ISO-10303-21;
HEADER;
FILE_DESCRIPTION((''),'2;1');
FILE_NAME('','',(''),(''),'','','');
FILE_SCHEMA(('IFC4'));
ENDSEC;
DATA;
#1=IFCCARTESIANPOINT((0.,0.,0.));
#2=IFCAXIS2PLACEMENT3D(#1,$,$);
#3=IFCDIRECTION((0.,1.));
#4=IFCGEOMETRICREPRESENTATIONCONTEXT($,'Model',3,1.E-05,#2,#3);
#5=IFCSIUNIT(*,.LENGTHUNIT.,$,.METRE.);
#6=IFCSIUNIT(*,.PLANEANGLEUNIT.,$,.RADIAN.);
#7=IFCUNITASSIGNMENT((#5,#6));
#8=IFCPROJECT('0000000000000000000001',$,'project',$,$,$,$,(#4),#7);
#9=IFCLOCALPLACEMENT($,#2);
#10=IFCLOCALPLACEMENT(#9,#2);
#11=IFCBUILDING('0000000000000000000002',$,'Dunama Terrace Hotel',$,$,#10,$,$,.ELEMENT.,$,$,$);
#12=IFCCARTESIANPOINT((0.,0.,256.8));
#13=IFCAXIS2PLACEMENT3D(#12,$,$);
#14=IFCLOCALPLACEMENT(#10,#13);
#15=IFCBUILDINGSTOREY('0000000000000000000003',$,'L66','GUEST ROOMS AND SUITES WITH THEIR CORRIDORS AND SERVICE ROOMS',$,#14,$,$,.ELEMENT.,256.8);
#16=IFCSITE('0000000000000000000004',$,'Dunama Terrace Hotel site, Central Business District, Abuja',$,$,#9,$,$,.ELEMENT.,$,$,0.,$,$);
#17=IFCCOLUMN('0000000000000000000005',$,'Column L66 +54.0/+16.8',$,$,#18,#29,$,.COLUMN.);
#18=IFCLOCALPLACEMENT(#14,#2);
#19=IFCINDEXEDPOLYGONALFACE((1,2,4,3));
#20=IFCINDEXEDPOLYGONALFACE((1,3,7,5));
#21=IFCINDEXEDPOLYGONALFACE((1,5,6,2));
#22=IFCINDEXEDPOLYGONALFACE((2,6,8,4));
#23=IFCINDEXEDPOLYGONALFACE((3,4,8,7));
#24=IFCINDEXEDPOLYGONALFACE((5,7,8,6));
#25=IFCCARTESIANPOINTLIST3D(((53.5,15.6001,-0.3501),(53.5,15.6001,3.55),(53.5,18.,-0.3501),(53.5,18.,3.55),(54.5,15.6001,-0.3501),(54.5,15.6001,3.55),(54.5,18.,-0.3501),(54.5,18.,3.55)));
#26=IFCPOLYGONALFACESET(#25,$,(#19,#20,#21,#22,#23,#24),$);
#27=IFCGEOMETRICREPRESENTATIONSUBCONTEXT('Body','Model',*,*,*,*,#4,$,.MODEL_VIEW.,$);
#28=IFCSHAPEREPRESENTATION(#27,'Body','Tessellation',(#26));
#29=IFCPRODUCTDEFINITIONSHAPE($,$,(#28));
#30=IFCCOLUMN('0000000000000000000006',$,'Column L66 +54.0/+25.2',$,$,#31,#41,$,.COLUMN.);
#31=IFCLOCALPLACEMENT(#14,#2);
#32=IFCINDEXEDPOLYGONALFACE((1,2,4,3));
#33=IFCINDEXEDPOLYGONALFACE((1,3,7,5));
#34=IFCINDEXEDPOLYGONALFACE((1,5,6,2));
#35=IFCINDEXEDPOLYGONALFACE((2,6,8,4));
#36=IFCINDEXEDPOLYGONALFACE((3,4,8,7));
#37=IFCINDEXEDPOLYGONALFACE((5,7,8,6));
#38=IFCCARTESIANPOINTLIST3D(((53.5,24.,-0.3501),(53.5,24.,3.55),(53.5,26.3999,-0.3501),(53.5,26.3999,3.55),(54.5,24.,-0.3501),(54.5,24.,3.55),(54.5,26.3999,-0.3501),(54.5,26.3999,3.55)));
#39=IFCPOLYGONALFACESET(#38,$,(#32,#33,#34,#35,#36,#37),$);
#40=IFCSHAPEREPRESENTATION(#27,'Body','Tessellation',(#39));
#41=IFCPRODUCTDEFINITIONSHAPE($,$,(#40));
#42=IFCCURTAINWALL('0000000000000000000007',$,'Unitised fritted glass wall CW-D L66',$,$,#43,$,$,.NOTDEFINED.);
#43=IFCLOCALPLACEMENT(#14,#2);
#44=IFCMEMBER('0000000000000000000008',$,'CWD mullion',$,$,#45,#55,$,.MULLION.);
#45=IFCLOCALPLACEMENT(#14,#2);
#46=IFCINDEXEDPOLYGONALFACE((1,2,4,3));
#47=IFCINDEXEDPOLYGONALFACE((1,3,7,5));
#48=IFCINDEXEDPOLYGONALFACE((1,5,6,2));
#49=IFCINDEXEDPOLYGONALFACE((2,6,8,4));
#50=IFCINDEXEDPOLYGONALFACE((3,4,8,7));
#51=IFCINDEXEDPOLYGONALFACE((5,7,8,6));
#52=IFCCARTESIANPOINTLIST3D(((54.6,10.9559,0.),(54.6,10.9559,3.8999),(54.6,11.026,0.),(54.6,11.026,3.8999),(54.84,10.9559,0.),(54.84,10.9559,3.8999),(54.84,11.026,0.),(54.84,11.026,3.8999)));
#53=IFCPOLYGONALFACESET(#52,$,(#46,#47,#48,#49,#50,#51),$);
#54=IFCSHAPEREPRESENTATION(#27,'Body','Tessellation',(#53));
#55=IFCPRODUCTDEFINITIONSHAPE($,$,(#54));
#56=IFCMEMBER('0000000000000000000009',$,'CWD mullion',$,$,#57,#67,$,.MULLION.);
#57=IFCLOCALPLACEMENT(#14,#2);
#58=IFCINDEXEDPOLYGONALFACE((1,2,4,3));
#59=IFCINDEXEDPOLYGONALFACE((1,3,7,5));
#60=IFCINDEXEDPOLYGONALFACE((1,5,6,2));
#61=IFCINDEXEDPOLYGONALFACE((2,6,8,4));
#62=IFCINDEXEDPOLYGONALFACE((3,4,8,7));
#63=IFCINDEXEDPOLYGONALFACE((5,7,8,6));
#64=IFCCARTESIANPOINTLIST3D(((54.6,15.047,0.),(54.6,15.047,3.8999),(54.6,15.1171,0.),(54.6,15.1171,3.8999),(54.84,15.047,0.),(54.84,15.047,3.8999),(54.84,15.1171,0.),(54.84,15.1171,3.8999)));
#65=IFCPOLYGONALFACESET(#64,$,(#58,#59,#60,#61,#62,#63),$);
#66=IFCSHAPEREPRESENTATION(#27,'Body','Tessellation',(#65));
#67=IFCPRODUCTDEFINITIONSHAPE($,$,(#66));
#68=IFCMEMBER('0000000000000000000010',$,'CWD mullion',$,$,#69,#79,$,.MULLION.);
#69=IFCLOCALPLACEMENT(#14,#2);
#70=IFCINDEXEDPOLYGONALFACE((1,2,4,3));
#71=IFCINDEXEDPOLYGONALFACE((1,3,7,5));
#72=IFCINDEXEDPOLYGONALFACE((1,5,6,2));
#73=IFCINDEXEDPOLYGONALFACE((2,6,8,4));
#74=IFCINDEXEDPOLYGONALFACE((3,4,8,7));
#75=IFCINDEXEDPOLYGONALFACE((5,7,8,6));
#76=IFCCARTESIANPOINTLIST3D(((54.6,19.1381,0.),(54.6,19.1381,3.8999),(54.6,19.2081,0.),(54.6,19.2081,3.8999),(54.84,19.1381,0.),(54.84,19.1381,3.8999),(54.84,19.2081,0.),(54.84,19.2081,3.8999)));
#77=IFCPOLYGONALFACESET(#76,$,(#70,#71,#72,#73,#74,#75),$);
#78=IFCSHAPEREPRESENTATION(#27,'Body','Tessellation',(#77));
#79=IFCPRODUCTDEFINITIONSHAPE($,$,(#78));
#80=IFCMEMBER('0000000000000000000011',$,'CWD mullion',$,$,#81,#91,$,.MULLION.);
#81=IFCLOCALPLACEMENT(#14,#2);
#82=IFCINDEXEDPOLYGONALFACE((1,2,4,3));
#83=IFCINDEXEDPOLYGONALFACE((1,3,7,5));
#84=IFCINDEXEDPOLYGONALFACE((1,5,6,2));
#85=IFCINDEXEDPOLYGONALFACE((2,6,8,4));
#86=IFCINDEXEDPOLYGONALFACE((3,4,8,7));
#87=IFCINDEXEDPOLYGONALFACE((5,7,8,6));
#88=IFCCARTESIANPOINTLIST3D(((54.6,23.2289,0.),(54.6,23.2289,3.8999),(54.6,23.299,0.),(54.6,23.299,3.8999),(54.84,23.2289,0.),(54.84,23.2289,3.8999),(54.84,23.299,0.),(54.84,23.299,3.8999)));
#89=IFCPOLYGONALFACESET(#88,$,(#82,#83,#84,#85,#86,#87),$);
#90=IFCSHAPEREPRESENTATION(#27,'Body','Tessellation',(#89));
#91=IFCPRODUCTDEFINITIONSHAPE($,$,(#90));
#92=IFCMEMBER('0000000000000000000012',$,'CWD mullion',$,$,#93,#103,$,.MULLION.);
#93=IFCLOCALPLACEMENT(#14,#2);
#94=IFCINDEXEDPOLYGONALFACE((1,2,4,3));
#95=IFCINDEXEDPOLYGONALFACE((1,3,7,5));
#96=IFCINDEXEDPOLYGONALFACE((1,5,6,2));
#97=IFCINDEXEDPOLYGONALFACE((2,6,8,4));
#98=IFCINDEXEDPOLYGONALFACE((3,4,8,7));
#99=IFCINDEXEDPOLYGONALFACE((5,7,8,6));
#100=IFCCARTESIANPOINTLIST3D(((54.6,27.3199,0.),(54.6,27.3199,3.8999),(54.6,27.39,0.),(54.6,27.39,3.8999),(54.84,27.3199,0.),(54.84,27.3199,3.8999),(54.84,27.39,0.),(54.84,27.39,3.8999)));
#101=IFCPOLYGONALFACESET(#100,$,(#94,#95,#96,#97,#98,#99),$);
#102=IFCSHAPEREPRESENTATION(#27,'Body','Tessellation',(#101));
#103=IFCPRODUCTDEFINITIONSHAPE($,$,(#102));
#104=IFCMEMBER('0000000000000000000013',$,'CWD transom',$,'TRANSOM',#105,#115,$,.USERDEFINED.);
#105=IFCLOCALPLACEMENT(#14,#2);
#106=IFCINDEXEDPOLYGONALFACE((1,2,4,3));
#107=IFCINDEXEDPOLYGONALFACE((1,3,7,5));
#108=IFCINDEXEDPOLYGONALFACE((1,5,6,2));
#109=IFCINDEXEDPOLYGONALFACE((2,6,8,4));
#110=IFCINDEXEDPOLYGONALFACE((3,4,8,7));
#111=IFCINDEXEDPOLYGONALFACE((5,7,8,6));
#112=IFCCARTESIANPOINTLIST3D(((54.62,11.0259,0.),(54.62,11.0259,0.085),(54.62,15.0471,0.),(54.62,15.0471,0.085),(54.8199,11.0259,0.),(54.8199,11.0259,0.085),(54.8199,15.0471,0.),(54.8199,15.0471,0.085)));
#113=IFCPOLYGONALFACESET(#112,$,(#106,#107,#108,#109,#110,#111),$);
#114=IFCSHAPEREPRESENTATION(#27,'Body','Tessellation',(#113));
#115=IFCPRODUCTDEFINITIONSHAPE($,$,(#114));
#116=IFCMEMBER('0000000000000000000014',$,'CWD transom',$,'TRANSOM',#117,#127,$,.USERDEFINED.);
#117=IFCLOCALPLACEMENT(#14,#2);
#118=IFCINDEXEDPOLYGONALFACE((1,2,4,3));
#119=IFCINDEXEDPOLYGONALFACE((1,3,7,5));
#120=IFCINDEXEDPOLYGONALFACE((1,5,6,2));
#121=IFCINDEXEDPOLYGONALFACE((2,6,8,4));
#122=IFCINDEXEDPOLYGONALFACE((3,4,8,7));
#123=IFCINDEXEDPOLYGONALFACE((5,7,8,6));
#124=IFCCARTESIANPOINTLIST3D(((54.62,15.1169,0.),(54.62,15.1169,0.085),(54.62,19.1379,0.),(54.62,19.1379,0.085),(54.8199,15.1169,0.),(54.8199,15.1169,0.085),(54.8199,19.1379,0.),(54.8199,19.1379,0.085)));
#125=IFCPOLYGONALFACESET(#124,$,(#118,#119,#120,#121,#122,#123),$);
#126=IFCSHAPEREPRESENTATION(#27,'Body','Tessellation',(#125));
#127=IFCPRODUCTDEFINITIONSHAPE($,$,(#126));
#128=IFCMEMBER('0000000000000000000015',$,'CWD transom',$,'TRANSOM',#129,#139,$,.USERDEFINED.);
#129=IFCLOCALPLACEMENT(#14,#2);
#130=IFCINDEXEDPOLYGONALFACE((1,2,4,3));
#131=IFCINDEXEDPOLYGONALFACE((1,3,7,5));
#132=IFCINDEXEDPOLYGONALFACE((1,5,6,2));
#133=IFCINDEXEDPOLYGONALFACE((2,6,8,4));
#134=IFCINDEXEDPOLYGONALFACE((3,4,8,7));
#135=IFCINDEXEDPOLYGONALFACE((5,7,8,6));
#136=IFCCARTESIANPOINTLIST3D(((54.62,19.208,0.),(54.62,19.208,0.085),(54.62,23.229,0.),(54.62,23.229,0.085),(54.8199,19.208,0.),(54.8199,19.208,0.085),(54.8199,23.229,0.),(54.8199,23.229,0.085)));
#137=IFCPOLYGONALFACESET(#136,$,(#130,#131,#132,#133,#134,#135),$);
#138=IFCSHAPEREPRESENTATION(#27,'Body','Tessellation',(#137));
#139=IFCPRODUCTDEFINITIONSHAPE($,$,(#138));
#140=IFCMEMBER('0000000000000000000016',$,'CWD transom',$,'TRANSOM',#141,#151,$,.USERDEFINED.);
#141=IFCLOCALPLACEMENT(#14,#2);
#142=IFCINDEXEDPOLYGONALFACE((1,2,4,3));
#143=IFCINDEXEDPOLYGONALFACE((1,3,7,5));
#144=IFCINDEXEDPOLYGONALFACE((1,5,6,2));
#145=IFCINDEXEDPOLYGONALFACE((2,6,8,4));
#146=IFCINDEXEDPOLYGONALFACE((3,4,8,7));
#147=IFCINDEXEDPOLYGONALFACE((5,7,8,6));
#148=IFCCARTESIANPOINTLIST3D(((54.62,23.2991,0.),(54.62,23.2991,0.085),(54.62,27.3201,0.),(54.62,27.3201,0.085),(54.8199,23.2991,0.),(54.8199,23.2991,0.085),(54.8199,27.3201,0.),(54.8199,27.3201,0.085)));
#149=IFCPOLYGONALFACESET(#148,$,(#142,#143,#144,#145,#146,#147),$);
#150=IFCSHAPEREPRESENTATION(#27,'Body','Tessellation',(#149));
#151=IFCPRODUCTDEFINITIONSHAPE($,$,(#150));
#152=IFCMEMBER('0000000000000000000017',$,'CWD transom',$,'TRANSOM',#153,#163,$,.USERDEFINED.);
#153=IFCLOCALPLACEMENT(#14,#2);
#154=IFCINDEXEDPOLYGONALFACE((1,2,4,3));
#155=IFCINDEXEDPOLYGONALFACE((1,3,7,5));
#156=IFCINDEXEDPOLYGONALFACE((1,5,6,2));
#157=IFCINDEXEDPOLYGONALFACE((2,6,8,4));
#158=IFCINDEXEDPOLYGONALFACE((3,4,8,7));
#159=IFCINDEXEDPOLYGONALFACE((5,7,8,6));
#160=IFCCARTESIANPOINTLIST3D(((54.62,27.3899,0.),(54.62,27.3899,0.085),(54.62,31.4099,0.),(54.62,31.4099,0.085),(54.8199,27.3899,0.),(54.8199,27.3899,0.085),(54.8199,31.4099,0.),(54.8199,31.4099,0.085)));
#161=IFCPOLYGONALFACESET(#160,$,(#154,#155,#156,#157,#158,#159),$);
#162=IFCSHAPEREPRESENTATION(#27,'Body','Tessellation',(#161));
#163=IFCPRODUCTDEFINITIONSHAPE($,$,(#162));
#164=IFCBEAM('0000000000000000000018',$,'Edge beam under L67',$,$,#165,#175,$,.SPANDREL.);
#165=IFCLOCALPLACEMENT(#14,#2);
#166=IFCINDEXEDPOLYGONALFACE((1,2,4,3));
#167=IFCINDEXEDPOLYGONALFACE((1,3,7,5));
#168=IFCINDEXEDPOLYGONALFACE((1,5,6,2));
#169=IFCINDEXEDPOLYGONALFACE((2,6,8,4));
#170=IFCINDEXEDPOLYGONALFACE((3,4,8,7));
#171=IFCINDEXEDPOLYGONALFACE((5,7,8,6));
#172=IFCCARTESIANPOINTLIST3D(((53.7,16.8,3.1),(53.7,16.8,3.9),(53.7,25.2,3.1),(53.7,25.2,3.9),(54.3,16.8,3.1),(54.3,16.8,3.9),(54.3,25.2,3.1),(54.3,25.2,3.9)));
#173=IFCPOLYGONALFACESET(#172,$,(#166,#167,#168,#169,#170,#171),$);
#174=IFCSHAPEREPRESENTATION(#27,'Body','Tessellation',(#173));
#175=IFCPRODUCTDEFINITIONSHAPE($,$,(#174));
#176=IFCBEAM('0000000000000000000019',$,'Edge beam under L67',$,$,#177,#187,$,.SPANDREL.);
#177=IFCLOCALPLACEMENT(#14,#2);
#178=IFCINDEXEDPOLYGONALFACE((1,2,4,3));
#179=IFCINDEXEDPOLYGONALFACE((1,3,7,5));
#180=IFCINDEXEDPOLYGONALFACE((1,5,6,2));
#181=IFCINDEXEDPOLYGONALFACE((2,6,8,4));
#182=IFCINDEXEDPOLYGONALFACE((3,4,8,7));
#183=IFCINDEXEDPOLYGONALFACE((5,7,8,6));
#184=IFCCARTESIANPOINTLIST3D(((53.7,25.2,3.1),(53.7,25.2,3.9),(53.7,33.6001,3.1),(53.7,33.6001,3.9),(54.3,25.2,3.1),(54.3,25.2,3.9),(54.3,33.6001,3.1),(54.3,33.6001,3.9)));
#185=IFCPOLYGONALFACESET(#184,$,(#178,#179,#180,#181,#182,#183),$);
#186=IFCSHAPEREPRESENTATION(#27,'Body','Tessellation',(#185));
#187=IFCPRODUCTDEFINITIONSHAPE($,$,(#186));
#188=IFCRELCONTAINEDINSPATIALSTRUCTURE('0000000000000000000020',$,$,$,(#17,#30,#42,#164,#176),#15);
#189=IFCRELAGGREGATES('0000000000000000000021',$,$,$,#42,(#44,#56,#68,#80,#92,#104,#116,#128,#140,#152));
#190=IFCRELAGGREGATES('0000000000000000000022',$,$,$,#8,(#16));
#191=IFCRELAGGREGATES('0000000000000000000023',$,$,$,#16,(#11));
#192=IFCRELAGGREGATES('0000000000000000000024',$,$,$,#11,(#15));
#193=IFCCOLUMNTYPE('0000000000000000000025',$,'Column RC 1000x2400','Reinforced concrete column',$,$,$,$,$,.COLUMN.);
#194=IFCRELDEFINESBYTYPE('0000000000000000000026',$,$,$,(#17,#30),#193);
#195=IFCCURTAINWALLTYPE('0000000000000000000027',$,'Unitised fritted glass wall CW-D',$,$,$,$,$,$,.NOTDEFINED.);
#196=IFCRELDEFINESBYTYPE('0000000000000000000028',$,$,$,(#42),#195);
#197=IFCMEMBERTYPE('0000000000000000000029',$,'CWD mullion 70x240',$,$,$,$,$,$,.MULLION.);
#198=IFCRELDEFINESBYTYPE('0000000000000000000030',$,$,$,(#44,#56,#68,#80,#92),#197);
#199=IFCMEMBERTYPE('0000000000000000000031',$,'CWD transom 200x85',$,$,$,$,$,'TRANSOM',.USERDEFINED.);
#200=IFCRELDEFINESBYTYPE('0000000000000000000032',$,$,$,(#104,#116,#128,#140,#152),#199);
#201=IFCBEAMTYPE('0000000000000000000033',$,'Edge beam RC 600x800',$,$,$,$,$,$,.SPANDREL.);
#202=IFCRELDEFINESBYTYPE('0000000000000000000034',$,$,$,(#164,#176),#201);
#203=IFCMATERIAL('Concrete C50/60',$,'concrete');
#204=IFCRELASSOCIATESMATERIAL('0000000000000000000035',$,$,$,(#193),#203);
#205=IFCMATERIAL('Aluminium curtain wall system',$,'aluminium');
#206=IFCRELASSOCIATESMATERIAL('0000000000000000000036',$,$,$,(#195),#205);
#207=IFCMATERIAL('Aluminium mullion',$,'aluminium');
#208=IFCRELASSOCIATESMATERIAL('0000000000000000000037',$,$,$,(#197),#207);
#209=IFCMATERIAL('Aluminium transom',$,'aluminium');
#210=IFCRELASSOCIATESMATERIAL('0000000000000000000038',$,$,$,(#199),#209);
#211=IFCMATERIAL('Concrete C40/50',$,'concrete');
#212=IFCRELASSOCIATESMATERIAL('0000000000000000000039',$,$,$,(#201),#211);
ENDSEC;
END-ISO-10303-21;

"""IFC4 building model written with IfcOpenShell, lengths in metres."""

from ifc_helpers import new_model, si_unit, direction, frame, origin, origin_2d, place, context, subcontext, project, spatial, rectangle, extrude, material, material_profile, profile_set, type_object, element, aggregate, save


model = new_model("IFC4")

# Units and contexts
model_context = context("Model", 3, precision=1e-05, world=origin(), true_north=direction((0.0, 1.0)))
body_context = subcontext(model_context, "Body", "Model", "MODEL_VIEW")
ifc_project = project(units=[si_unit("LENGTHUNIT", "METRE"), si_unit("PLANEANGLEUNIT", "RADIAN")], contexts=[model_context])

# Site, building, storey
site_placement = place(None, origin())
site = spatial("IfcSite", under=ifc_project, at=site_placement, Name="Dunama Terrace Hotel site, Central Business District, Abuja", CompositionType="ELEMENT", RefElevation=0.0)
building_placement = place(site_placement, origin())
building = spatial("IfcBuilding", under=site, at=building_placement, Name="Dunama Terrace Hotel", CompositionType="ELEMENT")
storey_placement = place(building_placement, frame((0.0, 0.0, 256.8)))
storey = spatial("IfcBuildingStorey", under=building, at=storey_placement, Name="L66", Description="GUEST ROOMS AND SUITES WITH THEIR CORRIDORS AND SERVICE ROOMS", CompositionType="ELEMENT", Elevation=256.8)

# Columns
ifc_material_1 = material(Name="Concrete C50/60", Category="concrete")
ifc_material_profile_1 = material_profile(ifc_material_1, rectangle(XDim=1.0, YDim=2.3999, at=origin_2d()), Name="RC 1000x2400")
ifc_profile_set_1 = profile_set([ifc_material_profile_1], Name="Concrete C50/60")
column_type = type_object("IfcColumnType", Name="Column RC 1000x2400", Description="Reinforced concrete column", PredefinedType="COLUMN", material=ifc_profile_set_1)
for number, where, z_axis, x_axis, name in (
    (1, (54.0, 16.8, -0.3501), (0.0, 0.0, 1.0), (1.0, 0.0, 0.0), "Column L66 +54.0/+16.8"),
    (2, (54.0, 25.2, -0.3501), (0.0, 0.0, 1.0), (1.0, 0.0, 0.0), "Column L66 +54.0/+25.2"),
):
    element("IfcColumn", number, at=place(storey_placement, frame(where, z_axis=z_axis, x_axis=x_axis)), inside=storey, type_object=column_type, Name=name, PredefinedType="COLUMN", context=body_context, shape_type="SweptSolid", body=[
        extrude(rectangle(XDim=1.0, YDim=2.3999, at=origin_2d()), origin(), (0.0, 0.0, 1.0), 3.9001),
    ])

# Curtain wall, members
ifc_material_2 = material(Name="Aluminium curtain wall system", Category="aluminium")
curtain_wall_type = type_object("IfcCurtainWallType", Name="Unitised fritted glass wall CW-D", PredefinedType="NOTDEFINED", material=ifc_material_2)
curtain_wall_placement = place(storey_placement, origin())
curtain_wall = element("IfcCurtainWall", 3, at=curtain_wall_placement, inside=storey, type_object=curtain_wall_type, Name="Unitised fritted glass wall CW-D L66", PredefinedType="NOTDEFINED")
ifc_material_3 = material(Name="Aluminium mullion", Category="aluminium")
ifc_material_profile_2 = material_profile(ifc_material_3, rectangle(XDim=0.0701, YDim=0.24, at=origin_2d()), Name="CWD MULLION 70X240")
ifc_profile_set_2 = profile_set([ifc_material_profile_2], Name="Aluminium mullion")
member_type_1 = type_object("IfcMemberType", Name="CWD mullion 70x240", PredefinedType="MULLION", material=ifc_profile_set_2)
member_1_placement = place(storey_placement, frame((54.72, 10.991, 0.0), z_axis=(0.0, 0.0, 1.0), x_axis=(0.0, 1.0, 0.0)))
member_1 = element("IfcMember", 4, at=member_1_placement, type_object=member_type_1, Name="CWD mullion", PredefinedType="MULLION", context=body_context, shape_type="SweptSolid", body=[
    extrude(rectangle(XDim=0.0701, YDim=0.24, at=origin_2d()), origin(), (0.0, 0.0, 1.0), 3.8999),
])
member_2_placement = place(storey_placement, frame((54.72, 15.082, 0.0), z_axis=(0.0, 0.0, 1.0), x_axis=(0.0, 1.0, 0.0)))
member_2 = element("IfcMember", 5, at=member_2_placement, type_object=member_type_1, Name="CWD mullion", PredefinedType="MULLION", context=body_context, shape_type="SweptSolid", body=[
    extrude(rectangle(XDim=0.0701, YDim=0.24, at=origin_2d()), origin(), (0.0, 0.0, 1.0), 3.8999),
])
member_3_placement = place(storey_placement, frame((54.72, 19.1731, 0.0), z_axis=(0.0, 0.0, 1.0), x_axis=(0.0, 1.0, 0.0)))
member_3 = element("IfcMember", 6, at=member_3_placement, type_object=member_type_1, Name="CWD mullion", PredefinedType="MULLION", context=body_context, shape_type="SweptSolid", body=[
    extrude(rectangle(XDim=0.0701, YDim=0.24, at=origin_2d()), origin(), (0.0, 0.0, 1.0), 3.8999),
])
member_4_placement = place(storey_placement, frame((54.72, 23.2639, 0.0), z_axis=(0.0, 0.0, 1.0), x_axis=(0.0, 1.0, 0.0)))
member_4 = element("IfcMember", 7, at=member_4_placement, type_object=member_type_1, Name="CWD mullion", PredefinedType="MULLION", context=body_context, shape_type="SweptSolid", body=[
    extrude(rectangle(XDim=0.0701, YDim=0.24, at=origin_2d()), origin(), (0.0, 0.0, 1.0), 3.8999),
])
member_5_placement = place(storey_placement, frame((54.72, 27.355, 0.0), z_axis=(0.0, 0.0, 1.0), x_axis=(0.0, 1.0, 0.0)))
member_5 = element("IfcMember", 8, at=member_5_placement, type_object=member_type_1, Name="CWD mullion", PredefinedType="MULLION", context=body_context, shape_type="SweptSolid", body=[
    extrude(rectangle(XDim=0.0701, YDim=0.24, at=origin_2d()), origin(), (0.0, 0.0, 1.0), 3.8999),
])
ifc_material_4 = material(Name="Aluminium transom", Category="aluminium")
ifc_material_profile_3 = material_profile(ifc_material_4, rectangle(XDim=0.2, YDim=0.085, at=origin_2d()), Name="CWD TRANSOM 200X85")
ifc_profile_set_3 = profile_set([ifc_material_profile_3], Name="Aluminium transom")
member_type_2 = type_object("IfcMemberType", Name="CWD transom 200x85", ElementType="TRANSOM", PredefinedType="USERDEFINED", material=ifc_profile_set_3)
member_6_placement = place(storey_placement, frame((54.72, 11.0259, 0.0425), z_axis=(0.0, 1.0, 0.0), x_axis=(-1.0, 0.0, 0.0)))
member_6 = element("IfcMember", 9, at=member_6_placement, type_object=member_type_2, Name="CWD transom", ObjectType="TRANSOM", PredefinedType="USERDEFINED", context=body_context, shape_type="SweptSolid", body=[
    extrude(rectangle(XDim=0.2, YDim=0.085, at=origin_2d()), origin(), (0.0, 0.0, 1.0), 4.0212),
])
member_7_placement = place(storey_placement, frame((54.72, 15.1169, 0.0425), z_axis=(0.0, 1.0, 0.0), x_axis=(-1.0, 0.0, 0.0)))
member_7 = element("IfcMember", 10, at=member_7_placement, type_object=member_type_2, Name="CWD transom", ObjectType="TRANSOM", PredefinedType="USERDEFINED", context=body_context, shape_type="SweptSolid", body=[
    extrude(rectangle(XDim=0.2, YDim=0.085, at=origin_2d()), origin(), (0.0, 0.0, 1.0), 4.021),
])
member_8_placement = place(storey_placement, frame((54.72, 19.208, 0.0425), z_axis=(0.0, 1.0, 0.0), x_axis=(-1.0, 0.0, 0.0)))
member_8 = element("IfcMember", 11, at=member_8_placement, type_object=member_type_2, Name="CWD transom", ObjectType="TRANSOM", PredefinedType="USERDEFINED", context=body_context, shape_type="SweptSolid", body=[
    extrude(rectangle(XDim=0.2, YDim=0.085, at=origin_2d()), origin(), (0.0, 0.0, 1.0), 4.021),
])
member_9_placement = place(storey_placement, frame((54.72, 23.2991, 0.0425), z_axis=(0.0, 1.0, 0.0), x_axis=(-1.0, 0.0, 0.0)))
member_9 = element("IfcMember", 12, at=member_9_placement, type_object=member_type_2, Name="CWD transom", ObjectType="TRANSOM", PredefinedType="USERDEFINED", context=body_context, shape_type="SweptSolid", body=[
    extrude(rectangle(XDim=0.2, YDim=0.085, at=origin_2d()), origin(), (0.0, 0.0, 1.0), 4.021),
])
member_10_placement = place(storey_placement, frame((54.72, 27.3899, 0.0425), z_axis=(0.0, 1.0, 0.0), x_axis=(-1.0, 0.0, 0.0)))
member_10 = element("IfcMember", 13, at=member_10_placement, type_object=member_type_2, Name="CWD transom", ObjectType="TRANSOM", PredefinedType="USERDEFINED", context=body_context, shape_type="SweptSolid", body=[
    extrude(rectangle(XDim=0.2, YDim=0.085, at=origin_2d()), origin(), (0.0, 0.0, 1.0), 4.02),
])

# Beams
ifc_material_5 = material(Name="Concrete C40/50", Category="concrete")
ifc_material_profile_4 = material_profile(ifc_material_5, rectangle(XDim=0.6001, YDim=0.8, at=origin_2d()), Name="RC 600x800")
ifc_profile_set_4 = profile_set([ifc_material_profile_4], Name="Concrete C40/50")
beam_type = type_object("IfcBeamType", Name="Edge beam RC 600x800", PredefinedType="SPANDREL", material=ifc_profile_set_4)
beam_1_placement = place(storey_placement, frame((54.0, 16.8, 3.5), z_axis=(0.0, 1.0, 0.0), x_axis=(-1.0, 0.0, 0.0)))
element("IfcBeam", 14, at=beam_1_placement, inside=storey, type_object=beam_type, Name="Edge beam under L67", PredefinedType="SPANDREL", context=body_context, shape_type="SweptSolid", body=[
    extrude(rectangle(XDim=0.6001, YDim=0.8, at=origin_2d()), origin(), (0.0, 0.0, 1.0), 8.3999),
])
beam_2_placement = place(storey_placement, frame((54.0, 25.2, 3.5), z_axis=(0.0, 1.0, 0.0), x_axis=(-1.0, 0.0, 0.0)))
element("IfcBeam", 15, at=beam_2_placement, inside=storey, type_object=beam_type, Name="Edge beam under L67", PredefinedType="SPANDREL", context=body_context, shape_type="SweptSolid", body=[
    extrude(rectangle(XDim=0.6001, YDim=0.8, at=origin_2d()), origin(), (0.0, 0.0, 1.0), 8.4001),
])

aggregate(curtain_wall, [member_1, member_2, member_3, member_4, member_5, member_6, member_7, member_8, member_9, member_10])

save(model, "model.ifc")
